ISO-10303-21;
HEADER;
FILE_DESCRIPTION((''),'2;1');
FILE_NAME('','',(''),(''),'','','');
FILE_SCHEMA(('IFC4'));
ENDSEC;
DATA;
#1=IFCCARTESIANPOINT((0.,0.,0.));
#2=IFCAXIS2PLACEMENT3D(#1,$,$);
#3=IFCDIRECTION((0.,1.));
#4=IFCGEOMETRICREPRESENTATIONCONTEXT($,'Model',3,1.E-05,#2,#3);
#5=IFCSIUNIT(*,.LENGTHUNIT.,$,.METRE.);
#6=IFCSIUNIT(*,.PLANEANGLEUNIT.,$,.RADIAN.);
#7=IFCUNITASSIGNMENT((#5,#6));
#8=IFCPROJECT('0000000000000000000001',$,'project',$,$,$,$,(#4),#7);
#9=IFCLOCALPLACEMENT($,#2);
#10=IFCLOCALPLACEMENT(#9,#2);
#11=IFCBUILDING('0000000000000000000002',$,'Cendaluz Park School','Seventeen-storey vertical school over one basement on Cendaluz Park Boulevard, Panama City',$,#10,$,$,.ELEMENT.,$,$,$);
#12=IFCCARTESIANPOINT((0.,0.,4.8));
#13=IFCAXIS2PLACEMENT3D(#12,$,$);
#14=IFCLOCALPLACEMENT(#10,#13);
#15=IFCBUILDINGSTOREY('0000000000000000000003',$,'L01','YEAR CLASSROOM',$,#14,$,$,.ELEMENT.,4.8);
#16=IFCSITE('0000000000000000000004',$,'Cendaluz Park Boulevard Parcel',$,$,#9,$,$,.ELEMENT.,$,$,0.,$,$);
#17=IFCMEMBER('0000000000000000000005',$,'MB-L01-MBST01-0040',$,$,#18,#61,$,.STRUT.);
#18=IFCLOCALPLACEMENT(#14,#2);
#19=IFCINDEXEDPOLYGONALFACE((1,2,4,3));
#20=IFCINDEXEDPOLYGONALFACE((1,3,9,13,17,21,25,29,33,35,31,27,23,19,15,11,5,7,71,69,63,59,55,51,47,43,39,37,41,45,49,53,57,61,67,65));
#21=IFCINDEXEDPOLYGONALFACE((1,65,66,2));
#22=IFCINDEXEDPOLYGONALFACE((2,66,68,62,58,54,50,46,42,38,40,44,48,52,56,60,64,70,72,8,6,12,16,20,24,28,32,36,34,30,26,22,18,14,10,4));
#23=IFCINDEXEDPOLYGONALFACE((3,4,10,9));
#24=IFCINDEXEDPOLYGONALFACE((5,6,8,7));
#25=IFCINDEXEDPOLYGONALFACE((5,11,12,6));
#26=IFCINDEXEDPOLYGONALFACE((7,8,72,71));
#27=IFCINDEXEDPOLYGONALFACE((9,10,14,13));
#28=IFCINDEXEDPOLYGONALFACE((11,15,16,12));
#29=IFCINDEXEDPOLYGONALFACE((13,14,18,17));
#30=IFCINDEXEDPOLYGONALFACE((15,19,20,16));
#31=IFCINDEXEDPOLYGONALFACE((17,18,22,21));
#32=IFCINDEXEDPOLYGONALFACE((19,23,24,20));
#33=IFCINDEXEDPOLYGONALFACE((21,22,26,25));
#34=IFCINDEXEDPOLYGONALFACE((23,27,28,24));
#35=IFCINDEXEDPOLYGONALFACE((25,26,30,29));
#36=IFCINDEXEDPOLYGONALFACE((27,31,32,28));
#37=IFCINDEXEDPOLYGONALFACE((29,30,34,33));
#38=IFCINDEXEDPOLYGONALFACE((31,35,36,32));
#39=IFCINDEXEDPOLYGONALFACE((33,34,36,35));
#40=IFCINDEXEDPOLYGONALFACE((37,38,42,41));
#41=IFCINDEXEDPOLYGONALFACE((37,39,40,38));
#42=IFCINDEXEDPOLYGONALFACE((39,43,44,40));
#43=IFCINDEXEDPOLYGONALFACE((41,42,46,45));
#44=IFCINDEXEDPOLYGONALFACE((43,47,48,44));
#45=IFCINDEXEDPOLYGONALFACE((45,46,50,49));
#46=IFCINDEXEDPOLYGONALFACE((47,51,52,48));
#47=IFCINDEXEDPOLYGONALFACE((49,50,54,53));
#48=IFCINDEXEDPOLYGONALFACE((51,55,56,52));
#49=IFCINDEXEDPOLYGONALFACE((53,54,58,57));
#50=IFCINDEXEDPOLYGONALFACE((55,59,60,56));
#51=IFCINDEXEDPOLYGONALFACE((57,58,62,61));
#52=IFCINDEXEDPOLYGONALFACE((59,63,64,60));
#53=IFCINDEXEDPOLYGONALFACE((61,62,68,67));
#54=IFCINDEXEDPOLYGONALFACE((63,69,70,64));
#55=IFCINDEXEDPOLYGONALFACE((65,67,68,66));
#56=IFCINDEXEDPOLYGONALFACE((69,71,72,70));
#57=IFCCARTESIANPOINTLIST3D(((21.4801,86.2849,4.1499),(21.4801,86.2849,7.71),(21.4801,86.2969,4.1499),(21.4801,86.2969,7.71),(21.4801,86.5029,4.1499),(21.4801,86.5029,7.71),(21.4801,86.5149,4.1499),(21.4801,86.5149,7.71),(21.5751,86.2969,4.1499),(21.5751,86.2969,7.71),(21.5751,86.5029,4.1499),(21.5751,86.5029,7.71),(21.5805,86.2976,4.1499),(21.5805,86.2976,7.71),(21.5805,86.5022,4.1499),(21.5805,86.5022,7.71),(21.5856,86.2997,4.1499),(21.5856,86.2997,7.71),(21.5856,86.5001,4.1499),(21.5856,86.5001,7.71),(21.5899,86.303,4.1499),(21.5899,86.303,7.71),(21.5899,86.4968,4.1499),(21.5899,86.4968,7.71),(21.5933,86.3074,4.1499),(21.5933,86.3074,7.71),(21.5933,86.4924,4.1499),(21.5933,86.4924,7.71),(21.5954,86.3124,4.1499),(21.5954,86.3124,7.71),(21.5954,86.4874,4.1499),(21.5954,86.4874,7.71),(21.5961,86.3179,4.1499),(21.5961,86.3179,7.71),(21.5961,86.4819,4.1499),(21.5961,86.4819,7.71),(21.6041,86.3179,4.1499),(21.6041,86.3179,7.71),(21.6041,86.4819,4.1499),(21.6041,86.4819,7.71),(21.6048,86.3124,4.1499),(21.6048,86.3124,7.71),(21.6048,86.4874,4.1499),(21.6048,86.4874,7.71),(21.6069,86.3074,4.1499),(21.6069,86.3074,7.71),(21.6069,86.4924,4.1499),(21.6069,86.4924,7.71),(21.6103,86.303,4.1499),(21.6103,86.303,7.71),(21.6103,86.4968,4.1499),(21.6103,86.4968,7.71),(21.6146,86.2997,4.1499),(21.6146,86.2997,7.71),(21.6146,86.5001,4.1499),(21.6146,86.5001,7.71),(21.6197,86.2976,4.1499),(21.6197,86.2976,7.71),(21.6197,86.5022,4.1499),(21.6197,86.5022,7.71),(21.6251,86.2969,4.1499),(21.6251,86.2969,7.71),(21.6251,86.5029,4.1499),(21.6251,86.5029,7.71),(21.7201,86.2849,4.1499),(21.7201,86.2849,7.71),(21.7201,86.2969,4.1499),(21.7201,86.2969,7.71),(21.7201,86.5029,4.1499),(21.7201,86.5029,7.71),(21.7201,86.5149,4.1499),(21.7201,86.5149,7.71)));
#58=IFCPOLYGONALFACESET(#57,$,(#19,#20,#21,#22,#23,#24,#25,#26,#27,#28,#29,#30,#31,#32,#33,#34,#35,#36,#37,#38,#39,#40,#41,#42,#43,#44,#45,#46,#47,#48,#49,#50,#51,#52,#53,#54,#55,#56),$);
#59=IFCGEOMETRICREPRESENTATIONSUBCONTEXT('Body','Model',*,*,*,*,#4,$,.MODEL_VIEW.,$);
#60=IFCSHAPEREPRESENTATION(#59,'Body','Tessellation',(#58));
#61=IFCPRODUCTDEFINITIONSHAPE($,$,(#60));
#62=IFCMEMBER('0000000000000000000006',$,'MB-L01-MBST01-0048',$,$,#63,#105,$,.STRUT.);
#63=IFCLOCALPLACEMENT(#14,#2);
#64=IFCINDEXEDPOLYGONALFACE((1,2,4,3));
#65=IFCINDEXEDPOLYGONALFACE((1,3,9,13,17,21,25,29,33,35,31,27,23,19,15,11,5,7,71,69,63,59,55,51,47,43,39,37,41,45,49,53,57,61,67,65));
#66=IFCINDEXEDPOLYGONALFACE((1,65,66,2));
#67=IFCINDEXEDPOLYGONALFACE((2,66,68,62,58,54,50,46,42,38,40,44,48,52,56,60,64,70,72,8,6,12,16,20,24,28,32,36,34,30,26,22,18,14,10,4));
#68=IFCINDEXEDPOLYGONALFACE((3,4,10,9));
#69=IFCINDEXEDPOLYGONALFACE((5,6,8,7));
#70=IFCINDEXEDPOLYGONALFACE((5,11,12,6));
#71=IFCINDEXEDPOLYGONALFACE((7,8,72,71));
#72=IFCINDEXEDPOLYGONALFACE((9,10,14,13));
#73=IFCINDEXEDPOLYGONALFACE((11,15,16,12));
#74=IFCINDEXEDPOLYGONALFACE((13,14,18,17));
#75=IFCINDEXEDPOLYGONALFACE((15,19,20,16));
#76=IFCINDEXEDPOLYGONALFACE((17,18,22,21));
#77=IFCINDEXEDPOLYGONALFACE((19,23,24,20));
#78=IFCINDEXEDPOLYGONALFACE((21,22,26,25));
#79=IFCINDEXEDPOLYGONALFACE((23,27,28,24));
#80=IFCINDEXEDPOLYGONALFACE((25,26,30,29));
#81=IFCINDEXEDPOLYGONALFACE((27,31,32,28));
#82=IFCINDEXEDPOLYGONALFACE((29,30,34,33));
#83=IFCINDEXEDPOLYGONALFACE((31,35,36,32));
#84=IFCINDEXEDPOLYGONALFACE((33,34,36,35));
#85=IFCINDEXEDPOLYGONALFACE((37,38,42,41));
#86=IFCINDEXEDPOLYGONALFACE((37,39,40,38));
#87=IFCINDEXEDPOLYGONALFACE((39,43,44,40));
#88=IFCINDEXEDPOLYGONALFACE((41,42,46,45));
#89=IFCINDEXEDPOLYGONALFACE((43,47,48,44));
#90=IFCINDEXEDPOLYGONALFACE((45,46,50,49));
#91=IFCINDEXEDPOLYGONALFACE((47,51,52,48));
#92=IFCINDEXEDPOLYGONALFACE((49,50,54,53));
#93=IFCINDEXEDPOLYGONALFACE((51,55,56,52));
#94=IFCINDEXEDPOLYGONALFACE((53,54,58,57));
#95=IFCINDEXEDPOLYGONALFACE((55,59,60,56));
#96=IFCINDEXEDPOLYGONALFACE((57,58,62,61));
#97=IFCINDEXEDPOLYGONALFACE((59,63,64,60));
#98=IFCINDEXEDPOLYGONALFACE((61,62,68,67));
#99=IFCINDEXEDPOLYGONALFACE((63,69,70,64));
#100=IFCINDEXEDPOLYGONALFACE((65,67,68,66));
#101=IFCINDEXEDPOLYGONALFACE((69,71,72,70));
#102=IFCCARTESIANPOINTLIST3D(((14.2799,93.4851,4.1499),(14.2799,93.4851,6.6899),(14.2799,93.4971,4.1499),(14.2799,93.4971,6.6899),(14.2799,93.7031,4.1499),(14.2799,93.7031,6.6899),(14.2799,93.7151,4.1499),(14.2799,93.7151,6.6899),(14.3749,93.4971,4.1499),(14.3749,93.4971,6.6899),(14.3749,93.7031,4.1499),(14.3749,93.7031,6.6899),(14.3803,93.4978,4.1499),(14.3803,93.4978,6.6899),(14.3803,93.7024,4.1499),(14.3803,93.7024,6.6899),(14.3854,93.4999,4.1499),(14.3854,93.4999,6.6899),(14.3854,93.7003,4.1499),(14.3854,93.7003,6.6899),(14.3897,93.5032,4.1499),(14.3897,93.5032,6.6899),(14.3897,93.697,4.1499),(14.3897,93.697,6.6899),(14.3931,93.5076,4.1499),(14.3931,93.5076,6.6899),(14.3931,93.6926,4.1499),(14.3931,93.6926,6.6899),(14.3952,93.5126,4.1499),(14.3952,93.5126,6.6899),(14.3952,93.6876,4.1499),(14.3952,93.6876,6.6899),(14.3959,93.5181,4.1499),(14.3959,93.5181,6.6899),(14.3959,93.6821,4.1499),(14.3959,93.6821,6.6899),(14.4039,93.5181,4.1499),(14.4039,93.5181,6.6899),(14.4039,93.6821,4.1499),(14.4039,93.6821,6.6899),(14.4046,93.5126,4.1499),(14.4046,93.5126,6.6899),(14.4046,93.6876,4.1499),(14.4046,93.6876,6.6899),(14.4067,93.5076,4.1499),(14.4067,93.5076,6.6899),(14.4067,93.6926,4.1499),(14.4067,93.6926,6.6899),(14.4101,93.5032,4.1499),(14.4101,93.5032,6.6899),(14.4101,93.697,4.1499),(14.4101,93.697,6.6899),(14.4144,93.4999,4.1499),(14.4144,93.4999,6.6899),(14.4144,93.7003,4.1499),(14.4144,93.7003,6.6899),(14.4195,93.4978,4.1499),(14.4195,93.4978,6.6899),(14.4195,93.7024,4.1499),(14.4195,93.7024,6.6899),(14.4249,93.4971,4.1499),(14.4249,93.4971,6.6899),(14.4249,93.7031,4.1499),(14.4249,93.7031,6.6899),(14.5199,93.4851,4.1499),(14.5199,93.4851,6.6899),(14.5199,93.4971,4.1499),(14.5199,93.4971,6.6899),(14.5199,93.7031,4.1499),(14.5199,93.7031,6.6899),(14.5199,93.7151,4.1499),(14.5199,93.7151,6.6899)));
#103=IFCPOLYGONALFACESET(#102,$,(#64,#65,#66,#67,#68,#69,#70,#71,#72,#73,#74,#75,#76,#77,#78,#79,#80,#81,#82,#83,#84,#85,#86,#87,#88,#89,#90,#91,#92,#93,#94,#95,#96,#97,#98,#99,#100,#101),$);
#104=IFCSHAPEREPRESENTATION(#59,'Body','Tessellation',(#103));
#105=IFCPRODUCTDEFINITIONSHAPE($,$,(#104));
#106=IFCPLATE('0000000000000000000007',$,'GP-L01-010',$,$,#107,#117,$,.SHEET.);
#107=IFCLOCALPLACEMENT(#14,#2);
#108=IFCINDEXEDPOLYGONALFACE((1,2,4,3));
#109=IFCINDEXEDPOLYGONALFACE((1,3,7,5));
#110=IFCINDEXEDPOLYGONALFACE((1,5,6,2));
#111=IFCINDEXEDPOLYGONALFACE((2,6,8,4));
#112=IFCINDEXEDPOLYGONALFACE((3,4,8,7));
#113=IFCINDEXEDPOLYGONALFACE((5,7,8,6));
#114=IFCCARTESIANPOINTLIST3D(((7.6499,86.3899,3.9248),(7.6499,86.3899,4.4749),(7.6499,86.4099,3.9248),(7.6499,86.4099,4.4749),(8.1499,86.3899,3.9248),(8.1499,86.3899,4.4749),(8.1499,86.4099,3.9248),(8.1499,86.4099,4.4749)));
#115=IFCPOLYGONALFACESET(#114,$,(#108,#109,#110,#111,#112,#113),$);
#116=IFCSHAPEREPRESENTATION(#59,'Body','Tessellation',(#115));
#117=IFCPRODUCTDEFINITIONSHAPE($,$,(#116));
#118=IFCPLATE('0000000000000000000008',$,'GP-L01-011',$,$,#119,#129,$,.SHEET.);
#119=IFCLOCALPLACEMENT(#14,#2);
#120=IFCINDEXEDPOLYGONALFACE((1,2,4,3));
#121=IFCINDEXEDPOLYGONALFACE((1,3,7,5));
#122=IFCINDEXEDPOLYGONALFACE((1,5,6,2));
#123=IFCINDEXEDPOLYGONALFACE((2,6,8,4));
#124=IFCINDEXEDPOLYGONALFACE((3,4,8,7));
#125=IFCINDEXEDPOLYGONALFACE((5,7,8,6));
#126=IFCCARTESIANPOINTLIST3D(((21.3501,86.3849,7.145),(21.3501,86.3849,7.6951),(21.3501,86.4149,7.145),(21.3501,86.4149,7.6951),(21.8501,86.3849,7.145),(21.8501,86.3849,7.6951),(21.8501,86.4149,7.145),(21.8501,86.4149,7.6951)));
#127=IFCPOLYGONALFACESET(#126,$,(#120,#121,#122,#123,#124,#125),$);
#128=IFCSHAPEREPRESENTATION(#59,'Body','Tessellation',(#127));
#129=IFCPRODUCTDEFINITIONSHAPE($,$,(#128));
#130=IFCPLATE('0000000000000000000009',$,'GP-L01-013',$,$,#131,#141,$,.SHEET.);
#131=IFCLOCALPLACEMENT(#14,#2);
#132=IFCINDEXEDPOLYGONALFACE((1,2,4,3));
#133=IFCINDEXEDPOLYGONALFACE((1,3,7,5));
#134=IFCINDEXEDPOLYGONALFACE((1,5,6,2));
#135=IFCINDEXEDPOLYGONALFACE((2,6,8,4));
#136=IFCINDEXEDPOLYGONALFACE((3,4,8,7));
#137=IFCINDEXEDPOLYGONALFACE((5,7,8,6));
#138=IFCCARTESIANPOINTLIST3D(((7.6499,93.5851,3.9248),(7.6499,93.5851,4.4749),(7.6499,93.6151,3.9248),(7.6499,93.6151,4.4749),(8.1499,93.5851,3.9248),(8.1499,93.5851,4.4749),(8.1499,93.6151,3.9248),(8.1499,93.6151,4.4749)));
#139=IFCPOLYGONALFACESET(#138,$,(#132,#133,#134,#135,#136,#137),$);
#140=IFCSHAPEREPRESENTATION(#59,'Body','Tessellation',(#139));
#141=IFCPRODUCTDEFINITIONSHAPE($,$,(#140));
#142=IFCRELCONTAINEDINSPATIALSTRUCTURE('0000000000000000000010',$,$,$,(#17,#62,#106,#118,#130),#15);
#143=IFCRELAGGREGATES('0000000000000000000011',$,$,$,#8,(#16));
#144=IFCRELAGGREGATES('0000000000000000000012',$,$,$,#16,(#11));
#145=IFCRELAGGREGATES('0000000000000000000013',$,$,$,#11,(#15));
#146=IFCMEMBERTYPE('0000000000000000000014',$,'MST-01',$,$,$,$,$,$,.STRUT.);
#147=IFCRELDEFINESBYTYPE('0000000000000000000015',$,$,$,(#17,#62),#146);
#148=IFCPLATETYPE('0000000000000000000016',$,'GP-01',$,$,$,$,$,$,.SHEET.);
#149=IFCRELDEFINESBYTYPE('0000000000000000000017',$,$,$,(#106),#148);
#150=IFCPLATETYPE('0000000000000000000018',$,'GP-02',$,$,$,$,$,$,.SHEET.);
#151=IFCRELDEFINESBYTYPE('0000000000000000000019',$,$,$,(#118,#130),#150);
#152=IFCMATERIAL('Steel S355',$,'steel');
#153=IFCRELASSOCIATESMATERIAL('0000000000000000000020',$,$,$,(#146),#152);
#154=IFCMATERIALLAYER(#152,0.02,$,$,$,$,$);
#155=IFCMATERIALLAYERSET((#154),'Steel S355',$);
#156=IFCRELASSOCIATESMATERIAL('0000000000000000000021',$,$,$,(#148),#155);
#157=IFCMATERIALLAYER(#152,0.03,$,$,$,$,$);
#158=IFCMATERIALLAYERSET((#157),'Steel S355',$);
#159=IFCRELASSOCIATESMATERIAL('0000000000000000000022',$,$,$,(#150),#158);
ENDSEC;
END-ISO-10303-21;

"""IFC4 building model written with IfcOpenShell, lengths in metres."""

from ifc_helpers import new_model, si_unit, direction, frame, origin, origin_2d, place, context, subcontext, project, spatial, rectangle, i_section, extrude, material, layer, layer_set, material_profile, profile_set, type_object, element, save


model = new_model("IFC4")

# Units and contexts
model_context = context("Model", 3, precision=1e-05, world=origin(), true_north=direction((0.0, 1.0)))
body_context = subcontext(model_context, "Body", "Model", "MODEL_VIEW")
ifc_project = project(units=[si_unit("LENGTHUNIT", "METRE"), si_unit("PLANEANGLEUNIT", "RADIAN")], contexts=[model_context])

# Site, building, storey
site_placement = place(None, origin())
site = spatial("IfcSite", under=ifc_project, at=site_placement, Name="Cendaluz Park Boulevard Parcel", CompositionType="ELEMENT", RefElevation=0.0)
building_placement = place(site_placement, origin())
building = spatial("IfcBuilding", under=site, at=building_placement, Name="Cendaluz Park School", Description="Seventeen-storey vertical school over one basement on Cendaluz Park Boulevard, Panama City", CompositionType="ELEMENT")
storey_placement = place(building_placement, frame((0.0, 0.0, 4.8)))
storey = spatial("IfcBuildingStorey", under=building, at=storey_placement, Name="L01", Description="YEAR CLASSROOM", CompositionType="ELEMENT", Elevation=4.8)

# Shared definitions
ifc_material = material(Name="Steel S355", Category="steel")

# Members
ifc_material_profile_1 = material_profile(ifc_material, i_section(OverallWidth=0.24, OverallDepth=0.23, WebThickness=0.0081, FlangeThickness=0.012, FilletRadius=0.021, at=origin_2d()), Name="HEA 240", Category="steel")
ifc_profile_set_1 = profile_set([ifc_material_profile_1], Name="Steel S355")
member_type_1 = type_object("IfcMemberType", Name="MST-01", PredefinedType="STRUT", material=ifc_profile_set_1)
member_1_placement = place(storey_placement, frame((21.6001, 86.3999, 4.1499), z_axis=(0.0, 0.0, 1.0), x_axis=(1.0, 0.0, 0.0)))
element("IfcMember", 1, at=member_1_placement, inside=storey, type_object=member_type_1, Name="MB-L01-MBST01-0040", PredefinedType="STRUT", context=body_context, shape_type="SweptSolid", body=[
    extrude(i_section(OverallWidth=0.24, OverallDepth=0.23, WebThickness=0.0081, FlangeThickness=0.012, FilletRadius=0.021, at=origin_2d()), origin(), (0.0, 0.0, 1.0), 3.5601),
])
member_2_placement = place(storey_placement, frame((14.3999, 93.6001, 4.1499), z_axis=(0.0, 0.0, 1.0), x_axis=(1.0, 0.0, 0.0)))
element("IfcMember", 2, at=member_2_placement, inside=storey, type_object=member_type_1, Name="MB-L01-MBST01-0048", PredefinedType="STRUT", context=body_context, shape_type="SweptSolid", body=[
    extrude(i_section(OverallWidth=0.24, OverallDepth=0.23, WebThickness=0.0081, FlangeThickness=0.012, FilletRadius=0.021, at=origin_2d()), origin(), (0.0, 0.0, 1.0), 2.54),
])

# Plates
ifc_layer_1 = layer(ifc_material, 0.02)
ifc_layer_set_1 = layer_set([ifc_layer_1], Name="Steel S355")
plate_type_1 = type_object("IfcPlateType", Name="GP-01", PredefinedType="SHEET", material=ifc_layer_set_1)
plate_placement = place(storey_placement, frame((7.8999, 86.3999, 3.9248), z_axis=(0.0, 0.0, 1.0), x_axis=(1.0, 0.0, 0.0)))
element("IfcPlate", 3, at=plate_placement, inside=storey, type_object=plate_type_1, Name="GP-L01-010", PredefinedType="SHEET", context=body_context, shape_type="SweptSolid", body=[
    extrude(rectangle(XDim=0.5, YDim=0.02, at=origin_2d()), origin(), (0.0, 0.0, 1.0), 0.55),
])
ifc_layer_2 = layer(ifc_material, 0.03)
ifc_layer_set_2 = layer_set([ifc_layer_2], Name="Steel S355")
plate_type_2 = type_object("IfcPlateType", Name="GP-02", PredefinedType="SHEET", material=ifc_layer_set_2)
for number, where, z_axis, x_axis, name in (
    (4, (21.6001, 86.3999, 7.145), (0.0, 0.0, 1.0), (1.0, 0.0, 0.0), "GP-L01-011"),
    (5, (7.8999, 93.6001, 3.9248), (0.0, 0.0, 1.0), (1.0, 0.0, 0.0), "GP-L01-013"),
):
    element("IfcPlate", number, at=place(storey_placement, frame(where, z_axis=z_axis, x_axis=x_axis)), inside=storey, type_object=plate_type_2, Name=name, PredefinedType="SHEET", context=body_context, shape_type="SweptSolid", body=[
        extrude(rectangle(XDim=0.5, YDim=0.03, at=origin_2d()), origin(), (0.0, 0.0, 1.0), 0.55),
    ])

save(model, "model.ifc")
